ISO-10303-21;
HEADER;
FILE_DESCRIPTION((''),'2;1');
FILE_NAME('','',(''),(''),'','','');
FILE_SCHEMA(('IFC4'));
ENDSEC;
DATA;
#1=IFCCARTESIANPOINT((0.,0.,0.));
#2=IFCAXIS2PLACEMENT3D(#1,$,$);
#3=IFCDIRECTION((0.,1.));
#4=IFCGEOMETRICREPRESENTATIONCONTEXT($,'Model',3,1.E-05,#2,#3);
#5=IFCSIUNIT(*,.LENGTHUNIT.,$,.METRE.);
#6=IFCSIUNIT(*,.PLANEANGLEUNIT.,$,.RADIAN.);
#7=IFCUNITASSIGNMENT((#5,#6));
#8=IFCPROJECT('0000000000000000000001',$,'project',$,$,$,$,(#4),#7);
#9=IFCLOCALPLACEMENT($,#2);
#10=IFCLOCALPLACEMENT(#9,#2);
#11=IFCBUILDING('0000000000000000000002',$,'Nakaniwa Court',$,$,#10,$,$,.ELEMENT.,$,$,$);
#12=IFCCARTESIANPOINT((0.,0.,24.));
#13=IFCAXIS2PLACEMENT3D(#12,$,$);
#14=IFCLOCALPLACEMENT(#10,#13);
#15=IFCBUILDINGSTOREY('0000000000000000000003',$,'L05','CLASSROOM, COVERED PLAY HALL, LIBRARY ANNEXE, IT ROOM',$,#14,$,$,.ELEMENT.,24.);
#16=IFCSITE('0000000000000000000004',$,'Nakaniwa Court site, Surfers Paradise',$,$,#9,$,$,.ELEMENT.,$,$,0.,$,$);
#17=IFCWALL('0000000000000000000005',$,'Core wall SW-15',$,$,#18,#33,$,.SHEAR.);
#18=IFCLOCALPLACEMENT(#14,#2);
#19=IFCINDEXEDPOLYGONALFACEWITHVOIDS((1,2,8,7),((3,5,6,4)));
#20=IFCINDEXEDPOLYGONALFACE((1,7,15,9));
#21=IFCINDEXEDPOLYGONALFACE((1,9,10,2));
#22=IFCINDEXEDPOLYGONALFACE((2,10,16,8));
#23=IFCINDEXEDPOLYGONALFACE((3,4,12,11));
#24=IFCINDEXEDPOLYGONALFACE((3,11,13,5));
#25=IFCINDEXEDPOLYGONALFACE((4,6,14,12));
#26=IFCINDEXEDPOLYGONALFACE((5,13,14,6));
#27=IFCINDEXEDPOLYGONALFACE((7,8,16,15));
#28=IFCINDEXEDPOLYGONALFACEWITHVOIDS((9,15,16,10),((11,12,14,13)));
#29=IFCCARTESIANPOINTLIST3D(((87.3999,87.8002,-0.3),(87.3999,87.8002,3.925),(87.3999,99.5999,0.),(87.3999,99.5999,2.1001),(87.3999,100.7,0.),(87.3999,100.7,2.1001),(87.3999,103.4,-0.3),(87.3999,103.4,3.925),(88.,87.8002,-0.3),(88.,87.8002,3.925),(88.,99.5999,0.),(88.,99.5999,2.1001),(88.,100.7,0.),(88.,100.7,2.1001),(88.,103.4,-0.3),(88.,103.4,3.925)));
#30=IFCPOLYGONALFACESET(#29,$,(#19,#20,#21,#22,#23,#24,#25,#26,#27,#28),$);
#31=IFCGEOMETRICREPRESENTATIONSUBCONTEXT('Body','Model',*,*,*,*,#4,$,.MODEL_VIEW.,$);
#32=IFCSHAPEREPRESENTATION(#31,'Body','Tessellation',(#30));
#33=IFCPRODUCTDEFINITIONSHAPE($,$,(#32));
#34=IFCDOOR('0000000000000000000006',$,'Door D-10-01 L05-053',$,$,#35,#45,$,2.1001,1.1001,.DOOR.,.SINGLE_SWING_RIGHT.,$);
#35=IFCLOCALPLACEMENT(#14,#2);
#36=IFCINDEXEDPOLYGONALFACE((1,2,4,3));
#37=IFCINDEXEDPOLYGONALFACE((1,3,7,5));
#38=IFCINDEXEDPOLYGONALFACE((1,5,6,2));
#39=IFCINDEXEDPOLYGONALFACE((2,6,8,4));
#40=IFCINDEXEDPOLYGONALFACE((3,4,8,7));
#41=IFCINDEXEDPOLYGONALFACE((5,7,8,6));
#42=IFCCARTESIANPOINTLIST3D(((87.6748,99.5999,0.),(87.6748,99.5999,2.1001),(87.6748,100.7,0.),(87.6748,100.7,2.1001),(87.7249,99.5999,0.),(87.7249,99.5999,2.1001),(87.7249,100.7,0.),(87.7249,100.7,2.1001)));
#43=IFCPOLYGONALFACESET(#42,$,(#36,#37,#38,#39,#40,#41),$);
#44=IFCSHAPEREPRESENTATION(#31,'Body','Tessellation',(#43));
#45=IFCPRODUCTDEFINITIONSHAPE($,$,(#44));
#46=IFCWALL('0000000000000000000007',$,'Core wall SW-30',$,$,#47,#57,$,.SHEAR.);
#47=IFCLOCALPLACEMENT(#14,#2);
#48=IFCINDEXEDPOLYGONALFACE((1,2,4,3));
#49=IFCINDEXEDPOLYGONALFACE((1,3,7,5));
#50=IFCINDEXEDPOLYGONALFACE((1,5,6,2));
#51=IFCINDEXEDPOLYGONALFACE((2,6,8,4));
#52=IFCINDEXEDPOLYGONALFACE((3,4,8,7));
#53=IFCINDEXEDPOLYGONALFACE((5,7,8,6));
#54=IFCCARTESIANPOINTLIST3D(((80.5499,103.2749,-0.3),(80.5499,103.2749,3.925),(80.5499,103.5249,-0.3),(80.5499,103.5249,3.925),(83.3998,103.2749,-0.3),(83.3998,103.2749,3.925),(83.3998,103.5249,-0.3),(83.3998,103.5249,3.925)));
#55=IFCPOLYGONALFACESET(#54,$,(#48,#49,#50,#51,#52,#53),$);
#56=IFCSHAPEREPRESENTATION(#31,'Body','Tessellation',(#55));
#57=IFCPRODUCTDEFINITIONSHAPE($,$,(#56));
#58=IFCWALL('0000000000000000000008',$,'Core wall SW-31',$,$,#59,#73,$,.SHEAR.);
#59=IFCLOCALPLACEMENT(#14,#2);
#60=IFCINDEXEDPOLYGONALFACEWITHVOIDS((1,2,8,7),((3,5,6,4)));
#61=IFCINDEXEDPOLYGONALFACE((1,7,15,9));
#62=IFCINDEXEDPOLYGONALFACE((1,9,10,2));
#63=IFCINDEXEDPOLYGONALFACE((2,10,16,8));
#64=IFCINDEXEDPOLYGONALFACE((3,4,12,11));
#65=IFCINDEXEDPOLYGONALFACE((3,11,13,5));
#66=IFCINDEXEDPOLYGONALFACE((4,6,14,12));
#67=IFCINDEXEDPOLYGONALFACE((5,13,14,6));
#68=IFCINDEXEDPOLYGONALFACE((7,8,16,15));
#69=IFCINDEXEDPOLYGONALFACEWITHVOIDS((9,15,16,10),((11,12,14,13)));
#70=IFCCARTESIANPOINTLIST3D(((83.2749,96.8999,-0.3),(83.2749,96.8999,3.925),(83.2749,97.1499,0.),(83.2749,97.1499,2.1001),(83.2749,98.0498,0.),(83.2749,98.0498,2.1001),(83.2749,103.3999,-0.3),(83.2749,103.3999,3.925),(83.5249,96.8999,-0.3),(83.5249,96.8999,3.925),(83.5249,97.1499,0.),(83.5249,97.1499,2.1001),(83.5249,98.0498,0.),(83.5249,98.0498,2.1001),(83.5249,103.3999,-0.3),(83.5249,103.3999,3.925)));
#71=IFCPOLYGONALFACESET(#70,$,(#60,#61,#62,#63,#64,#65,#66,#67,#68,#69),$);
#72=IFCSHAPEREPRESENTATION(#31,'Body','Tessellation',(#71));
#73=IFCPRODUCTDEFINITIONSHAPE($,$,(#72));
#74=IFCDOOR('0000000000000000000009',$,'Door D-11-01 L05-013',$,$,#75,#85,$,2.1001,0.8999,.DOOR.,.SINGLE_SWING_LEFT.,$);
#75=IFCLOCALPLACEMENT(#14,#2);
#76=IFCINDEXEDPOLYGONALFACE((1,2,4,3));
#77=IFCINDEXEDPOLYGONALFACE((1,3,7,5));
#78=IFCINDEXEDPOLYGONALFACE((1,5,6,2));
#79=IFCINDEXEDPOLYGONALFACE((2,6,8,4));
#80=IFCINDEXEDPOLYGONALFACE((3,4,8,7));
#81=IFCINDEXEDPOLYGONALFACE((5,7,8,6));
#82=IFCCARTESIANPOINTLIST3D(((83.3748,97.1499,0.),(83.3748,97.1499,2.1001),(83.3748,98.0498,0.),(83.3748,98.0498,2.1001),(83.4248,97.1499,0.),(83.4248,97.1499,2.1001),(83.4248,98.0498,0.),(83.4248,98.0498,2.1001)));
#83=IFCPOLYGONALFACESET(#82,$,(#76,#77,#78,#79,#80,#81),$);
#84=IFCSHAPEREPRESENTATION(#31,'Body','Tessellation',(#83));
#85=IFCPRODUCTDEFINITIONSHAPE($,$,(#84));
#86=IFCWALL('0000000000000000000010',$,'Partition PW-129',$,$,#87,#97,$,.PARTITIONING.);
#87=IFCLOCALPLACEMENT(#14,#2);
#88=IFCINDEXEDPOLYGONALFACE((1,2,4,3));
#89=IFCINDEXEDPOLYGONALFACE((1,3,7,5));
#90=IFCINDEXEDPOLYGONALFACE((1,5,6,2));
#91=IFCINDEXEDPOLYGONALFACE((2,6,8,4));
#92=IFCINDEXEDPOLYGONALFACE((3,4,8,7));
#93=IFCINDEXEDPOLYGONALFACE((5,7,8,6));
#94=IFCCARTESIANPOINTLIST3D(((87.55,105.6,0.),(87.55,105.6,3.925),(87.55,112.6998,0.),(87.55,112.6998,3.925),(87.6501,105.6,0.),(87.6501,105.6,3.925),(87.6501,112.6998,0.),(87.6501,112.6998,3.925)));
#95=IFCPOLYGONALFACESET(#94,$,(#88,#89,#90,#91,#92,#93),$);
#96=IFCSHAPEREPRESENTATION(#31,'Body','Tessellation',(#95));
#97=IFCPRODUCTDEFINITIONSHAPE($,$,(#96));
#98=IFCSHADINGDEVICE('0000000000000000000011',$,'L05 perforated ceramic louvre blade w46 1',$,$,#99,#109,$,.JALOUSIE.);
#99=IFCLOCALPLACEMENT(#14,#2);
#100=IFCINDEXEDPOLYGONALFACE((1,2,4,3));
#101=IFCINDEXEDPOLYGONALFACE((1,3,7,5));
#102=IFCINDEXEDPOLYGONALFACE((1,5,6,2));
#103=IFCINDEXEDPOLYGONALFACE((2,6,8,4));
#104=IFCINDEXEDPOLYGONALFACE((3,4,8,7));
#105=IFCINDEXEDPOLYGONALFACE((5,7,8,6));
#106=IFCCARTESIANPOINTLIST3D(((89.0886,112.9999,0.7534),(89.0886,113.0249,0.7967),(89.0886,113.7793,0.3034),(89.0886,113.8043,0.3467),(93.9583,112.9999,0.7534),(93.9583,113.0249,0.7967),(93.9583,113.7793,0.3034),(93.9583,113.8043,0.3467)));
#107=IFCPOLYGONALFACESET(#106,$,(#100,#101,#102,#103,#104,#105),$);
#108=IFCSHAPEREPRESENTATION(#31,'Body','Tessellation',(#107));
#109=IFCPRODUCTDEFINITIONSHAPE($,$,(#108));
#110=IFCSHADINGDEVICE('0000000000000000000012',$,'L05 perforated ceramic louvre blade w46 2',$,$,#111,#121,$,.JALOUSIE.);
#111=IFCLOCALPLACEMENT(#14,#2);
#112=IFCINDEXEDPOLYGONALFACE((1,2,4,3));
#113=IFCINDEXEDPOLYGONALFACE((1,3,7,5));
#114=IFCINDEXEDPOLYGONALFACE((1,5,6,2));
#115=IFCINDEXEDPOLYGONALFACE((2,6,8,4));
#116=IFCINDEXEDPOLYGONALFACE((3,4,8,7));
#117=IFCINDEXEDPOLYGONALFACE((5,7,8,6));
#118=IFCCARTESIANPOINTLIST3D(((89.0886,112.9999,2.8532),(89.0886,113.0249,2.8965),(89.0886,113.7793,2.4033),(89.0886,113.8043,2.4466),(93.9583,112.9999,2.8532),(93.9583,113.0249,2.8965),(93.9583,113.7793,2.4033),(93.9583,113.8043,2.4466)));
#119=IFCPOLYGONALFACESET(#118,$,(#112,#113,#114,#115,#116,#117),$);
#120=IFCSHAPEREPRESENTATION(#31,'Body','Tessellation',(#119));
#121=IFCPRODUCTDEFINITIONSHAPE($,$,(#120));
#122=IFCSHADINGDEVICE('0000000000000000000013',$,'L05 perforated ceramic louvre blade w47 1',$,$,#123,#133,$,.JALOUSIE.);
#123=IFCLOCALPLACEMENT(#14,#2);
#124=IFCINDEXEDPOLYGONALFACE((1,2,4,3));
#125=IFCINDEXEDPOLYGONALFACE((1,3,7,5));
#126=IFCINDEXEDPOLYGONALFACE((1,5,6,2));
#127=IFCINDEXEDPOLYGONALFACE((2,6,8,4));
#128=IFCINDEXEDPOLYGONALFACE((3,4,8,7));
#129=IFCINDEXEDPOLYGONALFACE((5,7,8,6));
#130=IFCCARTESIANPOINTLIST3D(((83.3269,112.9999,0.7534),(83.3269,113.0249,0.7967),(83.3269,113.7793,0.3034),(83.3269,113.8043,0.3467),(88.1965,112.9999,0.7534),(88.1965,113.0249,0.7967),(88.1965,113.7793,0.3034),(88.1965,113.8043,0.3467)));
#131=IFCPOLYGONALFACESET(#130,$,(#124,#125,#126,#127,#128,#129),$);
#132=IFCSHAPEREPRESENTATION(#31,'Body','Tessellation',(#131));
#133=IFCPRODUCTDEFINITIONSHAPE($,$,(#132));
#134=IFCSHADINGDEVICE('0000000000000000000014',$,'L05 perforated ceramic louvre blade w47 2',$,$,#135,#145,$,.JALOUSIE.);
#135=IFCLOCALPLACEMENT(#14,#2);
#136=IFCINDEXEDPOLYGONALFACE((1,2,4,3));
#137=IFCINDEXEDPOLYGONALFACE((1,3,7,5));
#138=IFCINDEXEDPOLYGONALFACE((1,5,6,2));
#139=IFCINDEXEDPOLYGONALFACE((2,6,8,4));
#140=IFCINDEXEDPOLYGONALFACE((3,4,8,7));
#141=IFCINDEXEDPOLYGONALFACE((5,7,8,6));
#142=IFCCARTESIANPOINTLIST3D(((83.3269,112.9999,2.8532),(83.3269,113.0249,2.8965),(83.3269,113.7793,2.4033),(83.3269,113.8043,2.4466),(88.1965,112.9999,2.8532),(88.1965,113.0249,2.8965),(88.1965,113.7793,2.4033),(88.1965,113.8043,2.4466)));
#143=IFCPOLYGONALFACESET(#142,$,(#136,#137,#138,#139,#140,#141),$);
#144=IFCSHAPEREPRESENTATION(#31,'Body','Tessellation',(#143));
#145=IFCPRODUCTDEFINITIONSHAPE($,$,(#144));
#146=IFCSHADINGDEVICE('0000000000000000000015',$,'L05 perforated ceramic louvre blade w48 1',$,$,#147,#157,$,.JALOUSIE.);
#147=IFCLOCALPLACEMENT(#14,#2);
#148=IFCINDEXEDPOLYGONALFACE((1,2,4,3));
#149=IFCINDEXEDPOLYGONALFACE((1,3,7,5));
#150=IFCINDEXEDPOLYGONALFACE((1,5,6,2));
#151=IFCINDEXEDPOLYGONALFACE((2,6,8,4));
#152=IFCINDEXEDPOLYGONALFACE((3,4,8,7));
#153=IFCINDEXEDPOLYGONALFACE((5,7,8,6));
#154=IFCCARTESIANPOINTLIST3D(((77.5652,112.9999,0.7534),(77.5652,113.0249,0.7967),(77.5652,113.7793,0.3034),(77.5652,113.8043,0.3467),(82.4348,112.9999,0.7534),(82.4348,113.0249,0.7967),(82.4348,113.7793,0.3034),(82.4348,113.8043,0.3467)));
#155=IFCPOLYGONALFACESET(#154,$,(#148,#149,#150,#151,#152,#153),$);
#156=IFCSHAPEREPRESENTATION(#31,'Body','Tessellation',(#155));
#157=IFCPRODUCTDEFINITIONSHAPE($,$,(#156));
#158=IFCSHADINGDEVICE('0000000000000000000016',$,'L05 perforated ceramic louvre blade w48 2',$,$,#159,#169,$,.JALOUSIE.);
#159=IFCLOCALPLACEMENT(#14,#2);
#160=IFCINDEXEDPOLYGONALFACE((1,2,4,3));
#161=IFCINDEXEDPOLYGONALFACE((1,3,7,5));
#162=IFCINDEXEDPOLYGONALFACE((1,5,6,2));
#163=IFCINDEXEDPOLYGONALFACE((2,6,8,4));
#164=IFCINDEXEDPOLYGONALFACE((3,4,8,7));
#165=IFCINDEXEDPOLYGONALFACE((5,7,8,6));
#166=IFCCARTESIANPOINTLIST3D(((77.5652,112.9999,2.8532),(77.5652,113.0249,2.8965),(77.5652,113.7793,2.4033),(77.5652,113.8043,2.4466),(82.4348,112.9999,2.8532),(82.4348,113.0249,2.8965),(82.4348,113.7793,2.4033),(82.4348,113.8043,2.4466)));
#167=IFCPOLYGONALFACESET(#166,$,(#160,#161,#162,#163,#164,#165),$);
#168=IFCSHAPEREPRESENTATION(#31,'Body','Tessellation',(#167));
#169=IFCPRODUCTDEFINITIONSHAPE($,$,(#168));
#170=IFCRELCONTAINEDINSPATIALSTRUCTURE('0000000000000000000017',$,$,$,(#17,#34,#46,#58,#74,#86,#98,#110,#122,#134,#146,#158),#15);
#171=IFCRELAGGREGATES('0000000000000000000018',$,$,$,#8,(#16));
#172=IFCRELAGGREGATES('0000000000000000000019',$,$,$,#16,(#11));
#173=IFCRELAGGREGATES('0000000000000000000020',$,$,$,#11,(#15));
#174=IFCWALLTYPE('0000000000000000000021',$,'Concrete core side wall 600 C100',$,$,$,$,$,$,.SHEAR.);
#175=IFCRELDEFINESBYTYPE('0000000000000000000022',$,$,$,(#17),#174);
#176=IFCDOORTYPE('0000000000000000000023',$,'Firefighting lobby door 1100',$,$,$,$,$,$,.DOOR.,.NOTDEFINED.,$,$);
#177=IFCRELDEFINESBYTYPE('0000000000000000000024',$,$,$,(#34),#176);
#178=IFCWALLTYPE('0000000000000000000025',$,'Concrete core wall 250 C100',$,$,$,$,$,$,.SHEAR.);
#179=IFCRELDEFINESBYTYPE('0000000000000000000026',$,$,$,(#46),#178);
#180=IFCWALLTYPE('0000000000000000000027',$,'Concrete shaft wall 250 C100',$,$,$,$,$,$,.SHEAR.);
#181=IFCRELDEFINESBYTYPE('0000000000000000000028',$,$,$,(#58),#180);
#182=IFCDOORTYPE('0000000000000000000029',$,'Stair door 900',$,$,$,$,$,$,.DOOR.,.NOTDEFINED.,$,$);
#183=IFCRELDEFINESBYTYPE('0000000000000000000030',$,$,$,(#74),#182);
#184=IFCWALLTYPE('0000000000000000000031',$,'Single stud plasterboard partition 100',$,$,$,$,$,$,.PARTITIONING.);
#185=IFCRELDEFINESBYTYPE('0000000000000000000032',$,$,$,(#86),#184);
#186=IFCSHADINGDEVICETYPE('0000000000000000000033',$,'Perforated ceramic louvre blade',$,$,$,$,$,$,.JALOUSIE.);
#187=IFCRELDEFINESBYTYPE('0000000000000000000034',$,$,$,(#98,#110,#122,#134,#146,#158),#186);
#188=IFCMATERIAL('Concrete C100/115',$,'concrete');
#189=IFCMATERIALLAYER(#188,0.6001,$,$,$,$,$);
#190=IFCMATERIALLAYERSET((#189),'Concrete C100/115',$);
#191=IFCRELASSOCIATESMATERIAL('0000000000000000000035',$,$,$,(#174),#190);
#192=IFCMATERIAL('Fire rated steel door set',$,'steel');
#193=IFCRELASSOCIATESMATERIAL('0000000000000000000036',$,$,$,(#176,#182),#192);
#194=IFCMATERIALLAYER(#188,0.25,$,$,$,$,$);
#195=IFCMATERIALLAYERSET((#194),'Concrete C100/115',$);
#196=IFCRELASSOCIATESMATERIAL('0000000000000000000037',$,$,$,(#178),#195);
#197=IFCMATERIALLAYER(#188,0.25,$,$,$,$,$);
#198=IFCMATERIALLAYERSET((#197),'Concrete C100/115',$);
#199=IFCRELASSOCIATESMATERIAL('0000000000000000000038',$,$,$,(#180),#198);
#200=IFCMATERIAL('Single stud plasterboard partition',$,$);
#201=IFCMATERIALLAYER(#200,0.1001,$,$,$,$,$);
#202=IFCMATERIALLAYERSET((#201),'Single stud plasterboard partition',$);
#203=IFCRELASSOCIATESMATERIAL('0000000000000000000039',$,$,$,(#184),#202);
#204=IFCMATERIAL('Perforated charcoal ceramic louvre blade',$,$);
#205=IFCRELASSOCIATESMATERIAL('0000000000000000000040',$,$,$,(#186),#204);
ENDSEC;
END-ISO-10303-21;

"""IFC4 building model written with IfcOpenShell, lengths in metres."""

from ifc_helpers import new_model, si_unit, direction, frame, frame_2d, origin, origin_2d, place, context, subcontext, project, spatial, rectangle, extrude, material, layer, layer_set, material_profile, profile_set, type_object, element, fill, save


model = new_model("IFC4")

# Units and contexts
model_context = context("Model", 3, precision=1e-05, world=origin(), true_north=direction((0.0, 1.0)))
body_context = subcontext(model_context, "Body", "Model", "MODEL_VIEW")
ifc_project = project(units=[si_unit("LENGTHUNIT", "METRE"), si_unit("PLANEANGLEUNIT", "RADIAN")], contexts=[model_context])

# Site, building, storey
site_placement = place(None, origin())
site = spatial("IfcSite", under=ifc_project, at=site_placement, Name="Nakaniwa Court site, Surfers Paradise", CompositionType="ELEMENT", RefElevation=0.0)
building_placement = place(site_placement, origin())
building = spatial("IfcBuilding", under=site, at=building_placement, Name="Nakaniwa Court", CompositionType="ELEMENT")
storey_placement = place(building_placement, frame((0.0, 0.0, 24.0)))
storey = spatial("IfcBuildingStorey", under=building, at=storey_placement, Name="L05", Description="CLASSROOM, COVERED PLAY HALL, LIBRARY ANNEXE, IT ROOM", CompositionType="ELEMENT", Elevation=24.0)

# Shared definitions
ifc_material_1 = material(Name="Concrete C100/115", Category="concrete")

# Wall, opening, door
ifc_layer_1 = layer(ifc_material_1, 0.6001)
ifc_layer_set_1 = layer_set([ifc_layer_1], Name="Concrete C100/115")
wall_type_1 = type_object("IfcWallType", Name="Concrete core side wall 600 C100", PredefinedType="SHEAR", material=ifc_layer_set_1)
wall_1_placement = place(storey_placement, frame((87.7, 103.3999, -0.3), z_axis=(0.0, 0.0, 1.0), x_axis=(0.0, -1.0, 0.0)))
wall_1 = element("IfcWall", 1, at=wall_1_placement, inside=storey, type_object=wall_type_1, Name="Core wall SW-15", PredefinedType="SHEAR", context=body_context, shape_type="SweptSolid", body=[
    extrude(rectangle(XDim=15.5999, YDim=0.6001, at=frame_2d((7.7998, 0.0))), origin(), (0.0, 0.0, 1.0), 4.2251),
])
opening_1_placement = place(wall_1_placement, frame((2.7, 0.0, 0.3)))
opening_1 = element("IfcOpeningElement", 2, at=opening_1_placement, cuts=wall_1, PredefinedType="OPENING", context=body_context, shape_type="SweptSolid", body=[
    extrude(rectangle(XDim=1.1001, YDim=2.1001, at=frame_2d((0.55, 1.05))), frame((0.0, 0.3101, 0.0), z_axis=(0.0, -1.0, 0.0), x_axis=(1.0, 0.0, 0.0)), (0.0, 0.0, 1.0), 0.6201),
])
ifc_material_2 = material(Name="Fire rated steel door set", Category="steel")
door_type_1 = type_object("IfcDoorType", Name="Firefighting lobby door 1100", OperationType="NOTDEFINED", PredefinedType="DOOR", material=ifc_material_2)
door_1_placement = place(opening_1_placement, origin())
door_1 = element("IfcDoor", 3, at=door_1_placement, inside=storey, type_object=door_type_1, Name="Door D-10-01 L05-053", OperationType="SINGLE_SWING_RIGHT", OverallHeight=2.1001, OverallWidth=1.1001, PredefinedType="DOOR", context=body_context, shape_type="SweptSolid", body=[
    extrude(rectangle(XDim=1.1001, YDim=2.1001, at=frame_2d((0.55, 1.05))), frame((0.0, 0.0249, 0.0), z_axis=(0.0, -1.0, 0.0), x_axis=(1.0, 0.0, 0.0)), (0.0, 0.0, 1.0), 0.05),
])
fill(opening_1, door_1)

# Wall
ifc_layer_2 = layer(ifc_material_1, 0.25)
ifc_layer_set_2 = layer_set([ifc_layer_2], Name="Concrete C100/115")
wall_type_2 = type_object("IfcWallType", Name="Concrete core wall 250 C100", PredefinedType="SHEAR", material=ifc_layer_set_2)
wall_2_placement = place(storey_placement, frame((80.55, 103.3999, -0.3), z_axis=(0.0, 0.0, 1.0), x_axis=(1.0, 0.0, 0.0)))
element("IfcWall", 4, at=wall_2_placement, inside=storey, type_object=wall_type_2, Name="Core wall SW-30", PredefinedType="SHEAR", context=body_context, shape_type="SweptSolid", body=[
    extrude(rectangle(XDim=2.8499, YDim=0.25, at=frame_2d((1.4248, 0.0))), origin(), (0.0, 0.0, 1.0), 4.2251),
])

# Wall, opening, door
ifc_layer_3 = layer(ifc_material_1, 0.25)
ifc_layer_set_3 = layer_set([ifc_layer_3], Name="Concrete C100/115")
wall_type_3 = type_object("IfcWallType", Name="Concrete shaft wall 250 C100", PredefinedType="SHEAR", material=ifc_layer_set_3)
wall_3_placement = place(storey_placement, frame((83.3999, 103.3999, -0.3), z_axis=(0.0, 0.0, 1.0), x_axis=(0.0, -1.0, 0.0)))
wall_3 = element("IfcWall", 5, at=wall_3_placement, inside=storey, type_object=wall_type_3, Name="Core wall SW-31", PredefinedType="SHEAR", context=body_context, shape_type="SweptSolid", body=[
    extrude(rectangle(XDim=6.5, YDim=0.25, at=frame_2d((3.25, 0.0))), origin(), (0.0, 0.0, 1.0), 4.2251),
])
opening_2_placement = place(wall_3_placement, frame((5.3501, 0.0, 0.3)))
opening_2 = element("IfcOpeningElement", 6, at=opening_2_placement, cuts=wall_3, PredefinedType="OPENING", context=body_context, shape_type="SweptSolid", body=[
    extrude(rectangle(XDim=0.8999, YDim=2.1001, at=frame_2d((0.45, 1.05))), frame((0.0, 0.135, 0.0), z_axis=(0.0, -1.0, 0.0), x_axis=(1.0, 0.0, 0.0)), (0.0, 0.0, 1.0), 0.27),
])
door_type_2 = type_object("IfcDoorType", Name="Stair door 900", OperationType="NOTDEFINED", PredefinedType="DOOR", material=ifc_material_2)
door_2_placement = place(opening_2_placement, origin())
door_2 = element("IfcDoor", 7, at=door_2_placement, inside=storey, type_object=door_type_2, Name="Door D-11-01 L05-013", OperationType="SINGLE_SWING_LEFT", OverallHeight=2.1001, OverallWidth=0.8999, PredefinedType="DOOR", context=body_context, shape_type="SweptSolid", body=[
    extrude(rectangle(XDim=0.8999, YDim=2.1001, at=frame_2d((0.45, 1.05))), frame((0.0, 0.0249, 0.0), z_axis=(0.0, -1.0, 0.0), x_axis=(1.0, 0.0, 0.0)), (0.0, 0.0, 1.0), 0.05),
])
fill(opening_2, door_2)

# Wall
ifc_material_3 = material(Name="Single stud plasterboard partition")
ifc_layer_4 = layer(ifc_material_3, 0.1001)
ifc_layer_set_4 = layer_set([ifc_layer_4], Name="Single stud plasterboard partition")
wall_type_4 = type_object("IfcWallType", Name="Single stud plasterboard partition 100", PredefinedType="PARTITIONING", material=ifc_layer_set_4)
wall_4_placement = place(storey_placement, frame((87.6001, 105.6001, 0.0), z_axis=(0.0, 0.0, 1.0), x_axis=(0.0, 1.0, 0.0)))
element("IfcWall", 8, at=wall_4_placement, inside=storey, type_object=wall_type_4, Name="Partition PW-129", PredefinedType="PARTITIONING", context=body_context, shape_type="SweptSolid", body=[
    extrude(rectangle(XDim=7.0999, YDim=0.1001, at=frame_2d((3.5498, 0.0))), origin(), (0.0, 0.0, 1.0), 3.925),
])

# Shading devices
ifc_material_4 = material(Name="Perforated charcoal ceramic louvre blade")
ifc_material_profile_1 = material_profile(ifc_material_4, rectangle(XDim=0.8999, YDim=0.05, at=origin_2d()), Name="Perforated ceramic louvre blade")
ifc_profile_set_1 = profile_set([ifc_material_profile_1], Name="Perforated charcoal ceramic louvre blade")
shading_device_type = type_object("IfcShadingDeviceType", Name="Perforated ceramic louvre blade", PredefinedType="JALOUSIE", material=ifc_profile_set_1)
for number, where, z_axis, x_axis, name in (
    (9, (93.9583, 113.4021, 0.55), (-1.0, 0.0, 0.0), (0.0, -0.866025, 0.5), "L05 perforated ceramic louvre blade w46 1"),
    (10, (93.9583, 113.4021, 2.6499), (-1.0, 0.0, 0.0), (0.0, -0.866025, 0.5), "L05 perforated ceramic louvre blade w46 2"),
    (11, (88.1965, 113.4021, 0.55), (-1.0, 0.0, 0.0), (0.0, -0.866025, 0.5), "L05 perforated ceramic louvre blade w47 1"),
    (12, (88.1965, 113.4021, 2.6499), (-1.0, 0.0, 0.0), (0.0, -0.866025, 0.5), "L05 perforated ceramic louvre blade w47 2"),
    (13, (82.4348, 113.4021, 0.55), (-1.0, 0.0, 0.0), (0.0, -0.866025, 0.5), "L05 perforated ceramic louvre blade w48 1"),
    (14, (82.4348, 113.4021, 2.6499), (-1.0, 0.0, 0.0), (0.0, -0.866025, 0.5), "L05 perforated ceramic louvre blade w48 2"),
):
    element("IfcShadingDevice", number, at=place(storey_placement, frame(where, z_axis=z_axis, x_axis=x_axis)), inside=storey, type_object=shading_device_type, Name=name, PredefinedType="JALOUSIE", context=body_context, shape_type="SweptSolid", body=[
        extrude(rectangle(XDim=0.8999, YDim=0.05, at=origin_2d()), origin(), (0.0, 0.0, 1.0), 4.8696),
    ])

save(model, "model.ifc")
